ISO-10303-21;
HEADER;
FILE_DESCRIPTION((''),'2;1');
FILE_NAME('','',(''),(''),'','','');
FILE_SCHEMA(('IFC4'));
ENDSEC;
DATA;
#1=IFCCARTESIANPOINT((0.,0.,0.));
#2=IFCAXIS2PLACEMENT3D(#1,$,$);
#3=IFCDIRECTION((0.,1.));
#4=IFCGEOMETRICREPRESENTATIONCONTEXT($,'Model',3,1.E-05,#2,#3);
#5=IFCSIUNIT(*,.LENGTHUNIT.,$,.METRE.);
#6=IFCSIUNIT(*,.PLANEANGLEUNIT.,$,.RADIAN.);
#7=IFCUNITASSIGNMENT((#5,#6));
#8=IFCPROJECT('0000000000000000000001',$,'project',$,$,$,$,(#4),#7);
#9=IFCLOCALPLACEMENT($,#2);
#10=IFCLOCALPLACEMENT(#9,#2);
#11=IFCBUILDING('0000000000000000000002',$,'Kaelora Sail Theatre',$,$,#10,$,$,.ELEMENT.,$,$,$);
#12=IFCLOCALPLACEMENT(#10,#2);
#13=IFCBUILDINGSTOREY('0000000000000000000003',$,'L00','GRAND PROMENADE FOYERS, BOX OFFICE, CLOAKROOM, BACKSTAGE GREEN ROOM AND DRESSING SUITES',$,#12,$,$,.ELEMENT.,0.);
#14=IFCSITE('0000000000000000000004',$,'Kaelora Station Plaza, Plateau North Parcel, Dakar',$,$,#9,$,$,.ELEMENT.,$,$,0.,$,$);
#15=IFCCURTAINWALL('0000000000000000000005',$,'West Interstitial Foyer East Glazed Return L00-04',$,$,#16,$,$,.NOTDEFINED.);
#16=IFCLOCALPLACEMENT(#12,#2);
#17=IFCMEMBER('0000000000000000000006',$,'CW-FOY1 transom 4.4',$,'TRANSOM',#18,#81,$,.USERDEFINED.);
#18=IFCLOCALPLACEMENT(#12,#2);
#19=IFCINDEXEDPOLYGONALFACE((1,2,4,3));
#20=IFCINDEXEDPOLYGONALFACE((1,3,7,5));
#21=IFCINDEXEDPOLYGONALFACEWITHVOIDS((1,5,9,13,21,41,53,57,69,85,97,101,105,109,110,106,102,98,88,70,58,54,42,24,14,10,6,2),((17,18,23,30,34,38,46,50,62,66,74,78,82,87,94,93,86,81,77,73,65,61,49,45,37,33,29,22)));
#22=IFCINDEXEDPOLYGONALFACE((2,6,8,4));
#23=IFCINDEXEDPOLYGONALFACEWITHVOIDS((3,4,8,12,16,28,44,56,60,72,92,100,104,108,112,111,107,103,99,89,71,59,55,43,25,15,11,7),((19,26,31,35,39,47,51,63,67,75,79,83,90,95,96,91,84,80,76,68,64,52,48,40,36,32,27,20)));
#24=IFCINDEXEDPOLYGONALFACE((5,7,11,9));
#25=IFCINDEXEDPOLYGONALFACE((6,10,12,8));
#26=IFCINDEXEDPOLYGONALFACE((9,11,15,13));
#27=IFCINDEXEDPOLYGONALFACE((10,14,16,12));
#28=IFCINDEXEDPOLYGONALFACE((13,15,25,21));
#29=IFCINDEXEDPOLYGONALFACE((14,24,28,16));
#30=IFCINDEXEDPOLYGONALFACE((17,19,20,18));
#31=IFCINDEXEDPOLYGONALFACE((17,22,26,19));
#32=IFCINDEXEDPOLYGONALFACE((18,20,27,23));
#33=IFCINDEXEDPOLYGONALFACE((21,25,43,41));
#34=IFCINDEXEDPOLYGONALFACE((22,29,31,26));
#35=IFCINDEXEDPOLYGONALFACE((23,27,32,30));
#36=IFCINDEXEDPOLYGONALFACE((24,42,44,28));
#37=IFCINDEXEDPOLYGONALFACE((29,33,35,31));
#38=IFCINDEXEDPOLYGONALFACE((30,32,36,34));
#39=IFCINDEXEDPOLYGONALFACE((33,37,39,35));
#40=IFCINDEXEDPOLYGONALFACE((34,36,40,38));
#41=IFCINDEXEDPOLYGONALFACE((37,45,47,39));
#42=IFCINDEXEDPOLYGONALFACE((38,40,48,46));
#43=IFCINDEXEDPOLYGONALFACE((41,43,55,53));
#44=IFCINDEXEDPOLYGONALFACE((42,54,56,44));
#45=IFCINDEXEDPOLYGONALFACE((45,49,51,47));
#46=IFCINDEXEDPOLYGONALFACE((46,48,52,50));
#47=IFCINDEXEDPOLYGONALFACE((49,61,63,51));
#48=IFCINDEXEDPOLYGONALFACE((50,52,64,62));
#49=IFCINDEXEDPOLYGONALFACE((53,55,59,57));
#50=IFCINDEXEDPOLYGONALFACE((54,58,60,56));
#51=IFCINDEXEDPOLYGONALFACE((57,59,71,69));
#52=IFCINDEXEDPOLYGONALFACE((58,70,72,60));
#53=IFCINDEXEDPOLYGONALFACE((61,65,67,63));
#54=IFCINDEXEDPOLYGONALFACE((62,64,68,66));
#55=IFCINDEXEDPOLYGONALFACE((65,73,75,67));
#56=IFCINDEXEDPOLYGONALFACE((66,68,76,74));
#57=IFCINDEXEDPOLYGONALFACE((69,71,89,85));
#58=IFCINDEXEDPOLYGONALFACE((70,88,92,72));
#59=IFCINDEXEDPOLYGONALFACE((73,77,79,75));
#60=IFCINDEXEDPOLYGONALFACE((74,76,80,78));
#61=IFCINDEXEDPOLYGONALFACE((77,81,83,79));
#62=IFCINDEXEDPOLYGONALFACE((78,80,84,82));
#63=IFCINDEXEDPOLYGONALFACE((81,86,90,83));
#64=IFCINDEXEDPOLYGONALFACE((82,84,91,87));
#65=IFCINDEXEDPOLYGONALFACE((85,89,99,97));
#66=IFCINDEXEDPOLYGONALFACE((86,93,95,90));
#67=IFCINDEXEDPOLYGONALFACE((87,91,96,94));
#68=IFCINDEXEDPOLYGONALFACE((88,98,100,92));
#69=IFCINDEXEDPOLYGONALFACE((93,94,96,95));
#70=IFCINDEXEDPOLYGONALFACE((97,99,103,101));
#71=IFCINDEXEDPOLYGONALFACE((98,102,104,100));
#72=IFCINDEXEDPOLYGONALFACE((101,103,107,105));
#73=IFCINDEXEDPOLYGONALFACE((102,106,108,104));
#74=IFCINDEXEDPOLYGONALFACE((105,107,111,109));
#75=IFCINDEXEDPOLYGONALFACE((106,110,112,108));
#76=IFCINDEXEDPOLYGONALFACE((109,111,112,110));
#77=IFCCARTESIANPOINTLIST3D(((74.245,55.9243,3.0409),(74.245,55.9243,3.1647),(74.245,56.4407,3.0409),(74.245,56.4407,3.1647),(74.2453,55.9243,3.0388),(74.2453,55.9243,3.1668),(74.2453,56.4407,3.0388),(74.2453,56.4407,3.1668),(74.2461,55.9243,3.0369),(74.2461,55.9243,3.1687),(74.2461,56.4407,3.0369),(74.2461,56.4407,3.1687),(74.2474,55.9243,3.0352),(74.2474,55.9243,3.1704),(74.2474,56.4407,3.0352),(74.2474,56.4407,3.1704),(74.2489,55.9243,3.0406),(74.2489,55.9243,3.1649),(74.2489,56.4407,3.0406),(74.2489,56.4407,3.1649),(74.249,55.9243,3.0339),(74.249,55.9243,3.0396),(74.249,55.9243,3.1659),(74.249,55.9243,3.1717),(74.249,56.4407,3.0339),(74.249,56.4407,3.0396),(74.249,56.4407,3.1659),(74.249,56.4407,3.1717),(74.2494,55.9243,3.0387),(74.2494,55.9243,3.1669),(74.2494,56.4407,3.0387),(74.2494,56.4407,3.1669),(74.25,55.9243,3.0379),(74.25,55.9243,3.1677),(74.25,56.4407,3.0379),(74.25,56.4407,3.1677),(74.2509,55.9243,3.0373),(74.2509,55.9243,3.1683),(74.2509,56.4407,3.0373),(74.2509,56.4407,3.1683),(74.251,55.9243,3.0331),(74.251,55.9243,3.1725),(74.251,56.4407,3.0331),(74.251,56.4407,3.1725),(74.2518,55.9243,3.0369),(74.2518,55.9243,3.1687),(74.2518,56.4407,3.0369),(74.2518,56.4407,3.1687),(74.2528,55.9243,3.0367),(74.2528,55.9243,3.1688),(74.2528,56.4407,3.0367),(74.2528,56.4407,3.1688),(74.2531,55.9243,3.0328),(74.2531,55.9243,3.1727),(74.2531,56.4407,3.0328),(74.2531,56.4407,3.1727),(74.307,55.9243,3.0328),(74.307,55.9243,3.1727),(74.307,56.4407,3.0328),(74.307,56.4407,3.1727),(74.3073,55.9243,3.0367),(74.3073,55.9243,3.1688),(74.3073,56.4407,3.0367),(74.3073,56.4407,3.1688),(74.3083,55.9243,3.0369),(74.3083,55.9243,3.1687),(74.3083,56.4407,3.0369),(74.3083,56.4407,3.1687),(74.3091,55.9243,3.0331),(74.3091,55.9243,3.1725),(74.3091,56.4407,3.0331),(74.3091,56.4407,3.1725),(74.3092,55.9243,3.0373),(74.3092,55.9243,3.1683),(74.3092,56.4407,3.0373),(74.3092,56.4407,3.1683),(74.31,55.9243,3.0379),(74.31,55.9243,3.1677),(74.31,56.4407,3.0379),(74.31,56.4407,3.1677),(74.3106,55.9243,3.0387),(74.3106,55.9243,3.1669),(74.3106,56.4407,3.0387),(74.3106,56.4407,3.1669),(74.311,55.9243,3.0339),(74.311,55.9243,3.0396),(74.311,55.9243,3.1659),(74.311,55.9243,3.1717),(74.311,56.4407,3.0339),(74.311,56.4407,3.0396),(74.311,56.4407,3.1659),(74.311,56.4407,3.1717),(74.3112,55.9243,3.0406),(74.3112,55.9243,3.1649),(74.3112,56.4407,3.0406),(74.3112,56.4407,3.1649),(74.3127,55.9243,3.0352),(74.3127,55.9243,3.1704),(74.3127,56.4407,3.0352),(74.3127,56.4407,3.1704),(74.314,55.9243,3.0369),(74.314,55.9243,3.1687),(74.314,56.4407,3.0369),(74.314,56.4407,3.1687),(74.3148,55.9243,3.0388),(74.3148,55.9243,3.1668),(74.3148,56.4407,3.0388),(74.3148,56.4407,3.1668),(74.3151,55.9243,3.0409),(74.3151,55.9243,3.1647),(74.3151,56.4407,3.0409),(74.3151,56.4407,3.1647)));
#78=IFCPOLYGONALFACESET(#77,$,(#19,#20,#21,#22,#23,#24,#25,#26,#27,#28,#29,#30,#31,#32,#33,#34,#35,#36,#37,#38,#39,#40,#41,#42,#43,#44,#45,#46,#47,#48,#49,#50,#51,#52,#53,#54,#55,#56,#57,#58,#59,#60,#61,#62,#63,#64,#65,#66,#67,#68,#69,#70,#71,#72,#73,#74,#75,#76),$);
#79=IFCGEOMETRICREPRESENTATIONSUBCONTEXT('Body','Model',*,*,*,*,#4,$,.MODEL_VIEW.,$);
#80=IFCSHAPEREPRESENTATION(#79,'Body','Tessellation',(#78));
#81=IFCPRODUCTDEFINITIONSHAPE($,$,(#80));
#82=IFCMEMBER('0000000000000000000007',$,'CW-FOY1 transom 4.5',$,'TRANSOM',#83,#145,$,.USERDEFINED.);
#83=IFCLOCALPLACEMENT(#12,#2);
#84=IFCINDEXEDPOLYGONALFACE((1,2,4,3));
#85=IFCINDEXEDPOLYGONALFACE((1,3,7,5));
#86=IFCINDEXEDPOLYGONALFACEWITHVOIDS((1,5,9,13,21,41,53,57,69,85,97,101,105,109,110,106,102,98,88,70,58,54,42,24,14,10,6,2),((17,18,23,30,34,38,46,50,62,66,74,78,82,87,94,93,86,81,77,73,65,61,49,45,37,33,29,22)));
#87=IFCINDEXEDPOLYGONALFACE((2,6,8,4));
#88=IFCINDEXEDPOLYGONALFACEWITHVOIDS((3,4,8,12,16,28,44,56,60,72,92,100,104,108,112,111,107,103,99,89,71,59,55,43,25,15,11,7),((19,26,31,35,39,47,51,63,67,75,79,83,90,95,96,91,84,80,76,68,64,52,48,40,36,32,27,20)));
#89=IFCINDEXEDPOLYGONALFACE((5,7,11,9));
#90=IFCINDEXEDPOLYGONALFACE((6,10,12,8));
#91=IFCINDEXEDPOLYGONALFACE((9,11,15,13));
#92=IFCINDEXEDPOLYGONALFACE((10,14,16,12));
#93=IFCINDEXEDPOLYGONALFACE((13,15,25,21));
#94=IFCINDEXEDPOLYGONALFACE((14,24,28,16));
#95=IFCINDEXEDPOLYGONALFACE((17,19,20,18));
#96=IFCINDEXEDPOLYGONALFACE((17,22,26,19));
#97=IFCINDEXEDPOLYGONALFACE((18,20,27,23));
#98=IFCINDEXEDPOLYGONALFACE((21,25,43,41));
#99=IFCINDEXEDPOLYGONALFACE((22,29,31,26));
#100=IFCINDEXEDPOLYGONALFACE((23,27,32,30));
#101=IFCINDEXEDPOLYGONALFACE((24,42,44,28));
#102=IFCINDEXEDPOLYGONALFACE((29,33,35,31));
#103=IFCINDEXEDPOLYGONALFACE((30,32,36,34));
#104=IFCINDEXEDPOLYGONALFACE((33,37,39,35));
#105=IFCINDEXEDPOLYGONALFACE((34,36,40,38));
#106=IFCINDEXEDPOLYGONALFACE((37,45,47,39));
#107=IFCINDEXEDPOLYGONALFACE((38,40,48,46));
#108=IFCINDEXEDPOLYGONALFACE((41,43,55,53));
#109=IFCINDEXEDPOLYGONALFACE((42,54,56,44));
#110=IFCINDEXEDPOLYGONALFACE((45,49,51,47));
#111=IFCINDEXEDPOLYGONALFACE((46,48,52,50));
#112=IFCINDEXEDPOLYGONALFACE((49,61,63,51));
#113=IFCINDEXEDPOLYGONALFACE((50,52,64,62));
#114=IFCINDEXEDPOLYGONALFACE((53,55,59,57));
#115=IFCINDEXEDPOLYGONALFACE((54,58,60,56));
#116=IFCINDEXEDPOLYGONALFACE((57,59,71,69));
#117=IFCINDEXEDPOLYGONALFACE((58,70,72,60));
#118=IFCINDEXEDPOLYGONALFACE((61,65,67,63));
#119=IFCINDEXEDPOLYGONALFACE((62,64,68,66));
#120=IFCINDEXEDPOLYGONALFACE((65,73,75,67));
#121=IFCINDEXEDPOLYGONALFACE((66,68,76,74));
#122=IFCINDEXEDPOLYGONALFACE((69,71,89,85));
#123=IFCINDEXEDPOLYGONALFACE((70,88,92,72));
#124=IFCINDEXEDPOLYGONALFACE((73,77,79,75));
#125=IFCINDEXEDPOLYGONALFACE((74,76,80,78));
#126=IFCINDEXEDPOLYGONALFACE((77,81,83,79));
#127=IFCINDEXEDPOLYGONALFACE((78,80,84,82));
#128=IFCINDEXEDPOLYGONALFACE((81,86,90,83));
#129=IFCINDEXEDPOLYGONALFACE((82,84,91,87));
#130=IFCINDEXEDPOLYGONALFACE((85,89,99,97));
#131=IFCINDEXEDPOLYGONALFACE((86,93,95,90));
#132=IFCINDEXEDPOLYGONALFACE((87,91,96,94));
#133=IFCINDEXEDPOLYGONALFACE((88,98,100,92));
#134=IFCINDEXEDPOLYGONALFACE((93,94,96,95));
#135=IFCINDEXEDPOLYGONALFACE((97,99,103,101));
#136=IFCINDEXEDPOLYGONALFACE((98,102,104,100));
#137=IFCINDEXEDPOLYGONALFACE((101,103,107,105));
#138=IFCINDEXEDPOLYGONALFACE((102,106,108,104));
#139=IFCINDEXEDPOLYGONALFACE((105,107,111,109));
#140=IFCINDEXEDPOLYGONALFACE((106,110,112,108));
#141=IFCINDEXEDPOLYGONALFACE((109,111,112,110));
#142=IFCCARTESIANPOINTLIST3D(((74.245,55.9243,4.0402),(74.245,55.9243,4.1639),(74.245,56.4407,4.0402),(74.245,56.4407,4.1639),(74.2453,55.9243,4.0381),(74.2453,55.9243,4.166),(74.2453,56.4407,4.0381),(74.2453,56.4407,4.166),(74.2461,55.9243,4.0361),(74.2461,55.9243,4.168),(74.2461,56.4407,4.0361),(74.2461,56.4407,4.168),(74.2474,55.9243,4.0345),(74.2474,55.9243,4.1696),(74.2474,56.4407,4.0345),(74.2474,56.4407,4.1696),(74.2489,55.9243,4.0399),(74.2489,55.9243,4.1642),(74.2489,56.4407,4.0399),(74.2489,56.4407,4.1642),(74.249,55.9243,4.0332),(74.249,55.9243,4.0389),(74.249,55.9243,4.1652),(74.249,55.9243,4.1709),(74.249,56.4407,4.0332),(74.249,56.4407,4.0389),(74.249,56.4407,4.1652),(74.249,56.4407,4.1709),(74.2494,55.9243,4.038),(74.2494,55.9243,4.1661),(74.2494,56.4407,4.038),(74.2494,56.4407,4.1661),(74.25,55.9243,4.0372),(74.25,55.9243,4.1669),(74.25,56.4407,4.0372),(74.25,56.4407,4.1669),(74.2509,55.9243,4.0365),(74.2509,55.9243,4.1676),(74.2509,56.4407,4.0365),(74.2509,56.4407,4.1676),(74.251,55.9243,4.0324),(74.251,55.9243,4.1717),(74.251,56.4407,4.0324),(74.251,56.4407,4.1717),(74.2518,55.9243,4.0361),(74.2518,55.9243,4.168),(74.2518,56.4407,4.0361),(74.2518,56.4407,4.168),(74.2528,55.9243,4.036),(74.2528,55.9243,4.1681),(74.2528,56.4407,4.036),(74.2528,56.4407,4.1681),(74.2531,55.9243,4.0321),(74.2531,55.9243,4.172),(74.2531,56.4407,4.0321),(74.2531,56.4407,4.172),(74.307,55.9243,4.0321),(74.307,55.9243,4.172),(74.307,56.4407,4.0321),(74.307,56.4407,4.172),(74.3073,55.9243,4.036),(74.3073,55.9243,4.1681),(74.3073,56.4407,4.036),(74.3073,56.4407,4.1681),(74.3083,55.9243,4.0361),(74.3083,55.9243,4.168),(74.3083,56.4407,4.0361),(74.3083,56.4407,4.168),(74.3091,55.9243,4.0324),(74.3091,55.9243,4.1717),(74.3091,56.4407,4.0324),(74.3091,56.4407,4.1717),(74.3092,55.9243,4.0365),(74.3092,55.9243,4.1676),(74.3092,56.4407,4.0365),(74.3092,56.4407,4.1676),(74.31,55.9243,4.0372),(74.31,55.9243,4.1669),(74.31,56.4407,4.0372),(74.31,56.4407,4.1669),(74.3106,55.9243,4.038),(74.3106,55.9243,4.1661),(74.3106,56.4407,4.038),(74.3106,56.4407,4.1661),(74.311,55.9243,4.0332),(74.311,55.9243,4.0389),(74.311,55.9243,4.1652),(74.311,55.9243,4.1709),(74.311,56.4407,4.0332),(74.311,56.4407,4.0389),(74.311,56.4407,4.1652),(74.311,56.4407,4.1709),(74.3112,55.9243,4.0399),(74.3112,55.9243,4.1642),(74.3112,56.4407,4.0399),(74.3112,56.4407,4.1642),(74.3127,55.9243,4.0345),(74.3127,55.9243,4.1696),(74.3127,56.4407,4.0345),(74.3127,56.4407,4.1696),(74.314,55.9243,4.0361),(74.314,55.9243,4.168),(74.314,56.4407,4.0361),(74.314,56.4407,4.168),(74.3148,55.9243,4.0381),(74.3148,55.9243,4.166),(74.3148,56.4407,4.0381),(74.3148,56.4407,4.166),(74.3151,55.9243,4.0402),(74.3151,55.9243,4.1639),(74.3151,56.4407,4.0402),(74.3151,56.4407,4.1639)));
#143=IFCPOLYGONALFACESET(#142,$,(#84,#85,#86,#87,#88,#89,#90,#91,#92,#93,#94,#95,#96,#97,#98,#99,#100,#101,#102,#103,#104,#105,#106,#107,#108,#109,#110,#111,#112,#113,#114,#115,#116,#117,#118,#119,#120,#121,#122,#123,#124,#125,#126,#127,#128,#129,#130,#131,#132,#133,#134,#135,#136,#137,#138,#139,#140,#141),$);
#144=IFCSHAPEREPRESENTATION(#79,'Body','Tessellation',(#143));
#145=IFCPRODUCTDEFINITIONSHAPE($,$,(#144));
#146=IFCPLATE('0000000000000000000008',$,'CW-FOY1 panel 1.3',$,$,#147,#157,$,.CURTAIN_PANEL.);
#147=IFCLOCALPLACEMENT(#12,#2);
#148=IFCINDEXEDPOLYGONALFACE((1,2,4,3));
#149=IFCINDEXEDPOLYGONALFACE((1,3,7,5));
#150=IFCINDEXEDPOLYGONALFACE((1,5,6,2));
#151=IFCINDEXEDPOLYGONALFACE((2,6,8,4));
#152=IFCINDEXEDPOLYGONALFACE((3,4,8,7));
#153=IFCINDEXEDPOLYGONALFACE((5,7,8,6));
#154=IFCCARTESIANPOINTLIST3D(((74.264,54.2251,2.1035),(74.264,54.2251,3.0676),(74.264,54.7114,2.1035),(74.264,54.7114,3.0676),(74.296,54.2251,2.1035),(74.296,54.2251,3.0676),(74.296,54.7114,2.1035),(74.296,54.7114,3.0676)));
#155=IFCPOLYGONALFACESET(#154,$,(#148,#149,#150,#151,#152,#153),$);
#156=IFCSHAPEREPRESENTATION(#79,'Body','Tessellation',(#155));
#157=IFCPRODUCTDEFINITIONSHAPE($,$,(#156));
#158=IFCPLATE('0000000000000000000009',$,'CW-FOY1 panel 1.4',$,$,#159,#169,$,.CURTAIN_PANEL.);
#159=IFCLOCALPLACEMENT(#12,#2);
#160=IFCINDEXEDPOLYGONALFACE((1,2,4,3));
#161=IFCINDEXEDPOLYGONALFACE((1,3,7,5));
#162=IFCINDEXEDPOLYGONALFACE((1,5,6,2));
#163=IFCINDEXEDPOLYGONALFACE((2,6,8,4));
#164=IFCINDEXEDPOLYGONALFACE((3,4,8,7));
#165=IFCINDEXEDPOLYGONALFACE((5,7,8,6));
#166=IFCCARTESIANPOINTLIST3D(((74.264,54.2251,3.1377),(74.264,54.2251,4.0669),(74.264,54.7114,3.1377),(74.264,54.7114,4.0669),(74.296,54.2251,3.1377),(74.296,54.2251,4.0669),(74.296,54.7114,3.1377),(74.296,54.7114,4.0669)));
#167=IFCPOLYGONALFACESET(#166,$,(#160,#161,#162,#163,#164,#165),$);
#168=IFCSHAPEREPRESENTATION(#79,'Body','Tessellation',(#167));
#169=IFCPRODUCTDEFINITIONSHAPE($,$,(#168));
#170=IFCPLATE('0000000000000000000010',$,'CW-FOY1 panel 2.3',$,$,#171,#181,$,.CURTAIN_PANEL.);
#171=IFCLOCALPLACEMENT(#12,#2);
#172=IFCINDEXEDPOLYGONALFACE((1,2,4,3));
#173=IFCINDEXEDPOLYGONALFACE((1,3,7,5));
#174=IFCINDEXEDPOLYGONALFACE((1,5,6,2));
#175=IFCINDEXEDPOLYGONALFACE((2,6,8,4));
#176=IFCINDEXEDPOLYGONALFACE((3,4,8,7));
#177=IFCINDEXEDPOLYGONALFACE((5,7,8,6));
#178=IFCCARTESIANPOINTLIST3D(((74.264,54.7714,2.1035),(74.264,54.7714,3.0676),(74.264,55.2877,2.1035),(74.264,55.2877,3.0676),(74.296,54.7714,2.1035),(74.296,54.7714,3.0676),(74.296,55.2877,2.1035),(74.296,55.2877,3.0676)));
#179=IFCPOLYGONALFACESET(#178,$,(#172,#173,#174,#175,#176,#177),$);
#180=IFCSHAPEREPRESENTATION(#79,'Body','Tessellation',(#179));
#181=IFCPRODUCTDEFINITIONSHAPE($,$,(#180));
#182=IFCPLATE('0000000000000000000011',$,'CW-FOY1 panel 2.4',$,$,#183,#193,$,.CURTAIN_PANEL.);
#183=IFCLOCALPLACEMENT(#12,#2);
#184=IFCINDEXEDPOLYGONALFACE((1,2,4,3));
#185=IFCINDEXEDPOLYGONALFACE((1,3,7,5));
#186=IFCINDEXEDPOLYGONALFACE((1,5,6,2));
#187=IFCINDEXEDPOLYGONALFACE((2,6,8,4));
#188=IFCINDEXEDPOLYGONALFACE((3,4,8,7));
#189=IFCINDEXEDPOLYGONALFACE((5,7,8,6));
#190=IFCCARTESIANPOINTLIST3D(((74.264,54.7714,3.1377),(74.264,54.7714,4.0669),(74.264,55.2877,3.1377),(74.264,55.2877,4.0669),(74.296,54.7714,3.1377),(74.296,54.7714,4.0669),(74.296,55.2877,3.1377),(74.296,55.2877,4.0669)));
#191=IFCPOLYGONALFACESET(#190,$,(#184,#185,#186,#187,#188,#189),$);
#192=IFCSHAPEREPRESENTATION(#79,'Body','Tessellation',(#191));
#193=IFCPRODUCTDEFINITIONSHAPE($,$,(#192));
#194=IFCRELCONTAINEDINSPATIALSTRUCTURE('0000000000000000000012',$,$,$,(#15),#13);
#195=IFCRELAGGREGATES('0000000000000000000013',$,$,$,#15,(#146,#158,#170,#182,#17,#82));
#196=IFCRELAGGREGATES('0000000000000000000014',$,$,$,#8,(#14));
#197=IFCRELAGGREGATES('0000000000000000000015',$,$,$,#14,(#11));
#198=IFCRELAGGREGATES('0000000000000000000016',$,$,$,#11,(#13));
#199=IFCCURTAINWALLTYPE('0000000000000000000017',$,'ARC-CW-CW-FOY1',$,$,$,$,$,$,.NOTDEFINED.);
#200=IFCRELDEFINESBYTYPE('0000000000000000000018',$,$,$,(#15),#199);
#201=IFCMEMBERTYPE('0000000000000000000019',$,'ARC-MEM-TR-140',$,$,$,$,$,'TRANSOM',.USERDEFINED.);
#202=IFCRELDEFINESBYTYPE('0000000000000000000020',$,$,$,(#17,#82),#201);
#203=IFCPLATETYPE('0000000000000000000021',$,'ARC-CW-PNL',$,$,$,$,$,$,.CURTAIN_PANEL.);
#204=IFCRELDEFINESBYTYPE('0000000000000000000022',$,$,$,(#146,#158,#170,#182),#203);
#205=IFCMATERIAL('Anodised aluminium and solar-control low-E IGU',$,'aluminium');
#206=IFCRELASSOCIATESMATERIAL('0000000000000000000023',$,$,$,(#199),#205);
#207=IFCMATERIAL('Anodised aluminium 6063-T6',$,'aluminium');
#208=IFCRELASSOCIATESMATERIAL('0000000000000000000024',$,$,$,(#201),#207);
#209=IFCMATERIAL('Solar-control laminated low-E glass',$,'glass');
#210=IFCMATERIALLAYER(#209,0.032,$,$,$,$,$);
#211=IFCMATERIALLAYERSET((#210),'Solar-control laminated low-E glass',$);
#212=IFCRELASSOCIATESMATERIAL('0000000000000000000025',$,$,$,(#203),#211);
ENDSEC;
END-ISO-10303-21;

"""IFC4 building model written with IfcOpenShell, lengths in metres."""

from ifc_helpers import new_model, si_unit, direction, frame, origin, origin_2d, place, context, subcontext, project, spatial, rectangle, hollow_rectangle, extrude, material, layer, layer_set, material_profile, profile_set, type_object, element, aggregate, save


model = new_model("IFC4")

# Units and contexts
model_context = context("Model", 3, precision=1e-05, world=origin(), true_north=direction((0.0, 1.0)))
body_context = subcontext(model_context, "Body", "Model", "MODEL_VIEW")
ifc_project = project(units=[si_unit("LENGTHUNIT", "METRE"), si_unit("PLANEANGLEUNIT", "RADIAN")], contexts=[model_context])

# Site, building, storey
site_placement = place(None, origin())
site = spatial("IfcSite", under=ifc_project, at=site_placement, Name="Kaelora Station Plaza, Plateau North Parcel, Dakar", CompositionType="ELEMENT", RefElevation=0.0)
building_placement = place(site_placement, origin())
building = spatial("IfcBuilding", under=site, at=building_placement, Name="Kaelora Sail Theatre", CompositionType="ELEMENT")
storey_placement = place(building_placement, origin())
storey = spatial("IfcBuildingStorey", under=building, at=storey_placement, Name="L00", Description="GRAND PROMENADE FOYERS, BOX OFFICE, CLOAKROOM, BACKSTAGE GREEN ROOM AND DRESSING SUITES", CompositionType="ELEMENT", Elevation=0.0)

# Curtain wall, members, plates
ifc_material_1 = material(Name="Anodised aluminium and solar-control low-E IGU", Category="aluminium")
curtain_wall_type = type_object("IfcCurtainWallType", Name="ARC-CW-CW-FOY1", PredefinedType="NOTDEFINED", material=ifc_material_1)
curtain_wall_placement = place(storey_placement, origin())
curtain_wall = element("IfcCurtainWall", 1, at=curtain_wall_placement, inside=storey, type_object=curtain_wall_type, Name="West Interstitial Foyer East Glazed Return L00-04", PredefinedType="NOTDEFINED")
ifc_material_2 = material(Name="Anodised aluminium 6063-T6", Category="aluminium")
ifc_material_profile = material_profile(ifc_material_2, hollow_rectangle(XDim=0.0701, YDim=0.1399, WallThickness=0.0039, InnerFilletRadius=0.0039, OuterFilletRadius=0.0081, at=origin_2d()), Name="ALU-TRAN 70x140x4")
ifc_profile_set = profile_set([ifc_material_profile], Name="Anodised aluminium 6063-T6")
member_type = type_object("IfcMemberType", Name="ARC-MEM-TR-140", ElementType="TRANSOM", PredefinedType="USERDEFINED", material=ifc_profile_set)
member_1_placement = place(storey_placement, frame((74.28, 55.9243, 3.1028), z_axis=(0.0, 1.0, 0.0), x_axis=(-1.0, 0.0, 0.0)))
member_1 = element("IfcMember", 2, at=member_1_placement, type_object=member_type, Name="CW-FOY1 transom 4.4", ObjectType="TRANSOM", PredefinedType="USERDEFINED", context=body_context, shape_type="SweptSolid", body=[
    extrude(hollow_rectangle(XDim=0.0701, YDim=0.1399, WallThickness=0.0039, InnerFilletRadius=0.0039, OuterFilletRadius=0.0081, at=origin_2d()), origin(), (0.0, 0.0, 1.0), 0.5164),
])
member_2_placement = place(storey_placement, frame((74.28, 55.9243, 4.1021), z_axis=(0.0, 1.0, 0.0), x_axis=(-1.0, 0.0, 0.0)))
member_2 = element("IfcMember", 3, at=member_2_placement, type_object=member_type, Name="CW-FOY1 transom 4.5", ObjectType="TRANSOM", PredefinedType="USERDEFINED", context=body_context, shape_type="SweptSolid", body=[
    extrude(hollow_rectangle(XDim=0.0701, YDim=0.1399, WallThickness=0.0039, InnerFilletRadius=0.0039, OuterFilletRadius=0.0081, at=origin_2d()), origin(), (0.0, 0.0, 1.0), 0.5164),
])
ifc_material_3 = material(Name="Solar-control laminated low-E glass", Category="glass")
ifc_layer = layer(ifc_material_3, 0.032)
ifc_layer_set = layer_set([ifc_layer], Name="Solar-control laminated low-E glass")
plate_type = type_object("IfcPlateType", Name="ARC-CW-PNL", PredefinedType="CURTAIN_PANEL", material=ifc_layer_set)
plate_1_placement = place(storey_placement, frame((74.28, 54.4683, 2.1035), z_axis=(0.0, 0.0, 1.0), x_axis=(0.0, 1.0, 0.0)))
plate_1 = element("IfcPlate", 4, at=plate_1_placement, type_object=plate_type, Name="CW-FOY1 panel 1.3", PredefinedType="CURTAIN_PANEL", context=body_context, shape_type="SweptSolid", body=[
    extrude(rectangle(XDim=0.4863, YDim=0.032, at=origin_2d()), origin(), (0.0, 0.0, 1.0), 0.9641),
])
plate_2_placement = place(storey_placement, frame((74.28, 54.4683, 3.1377), z_axis=(0.0, 0.0, 1.0), x_axis=(0.0, 1.0, 0.0)))
plate_2 = element("IfcPlate", 5, at=plate_2_placement, type_object=plate_type, Name="CW-FOY1 panel 1.4", PredefinedType="CURTAIN_PANEL", context=body_context, shape_type="SweptSolid", body=[
    extrude(rectangle(XDim=0.4863, YDim=0.032, at=origin_2d()), origin(), (0.0, 0.0, 1.0), 0.9292),
])
plate_3_placement = place(storey_placement, frame((74.28, 55.0295, 2.1035), z_axis=(0.0, 0.0, 1.0), x_axis=(0.0, 1.0, 0.0)))
plate_3 = element("IfcPlate", 6, at=plate_3_placement, type_object=plate_type, Name="CW-FOY1 panel 2.3", PredefinedType="CURTAIN_PANEL", context=body_context, shape_type="SweptSolid", body=[
    extrude(rectangle(XDim=0.5164, YDim=0.032, at=origin_2d()), origin(), (0.0, 0.0, 1.0), 0.9641),
])
plate_4_placement = place(storey_placement, frame((74.28, 55.0295, 3.1377), z_axis=(0.0, 0.0, 1.0), x_axis=(0.0, 1.0, 0.0)))
plate_4 = element("IfcPlate", 7, at=plate_4_placement, type_object=plate_type, Name="CW-FOY1 panel 2.4", PredefinedType="CURTAIN_PANEL", context=body_context, shape_type="SweptSolid", body=[
    extrude(rectangle(XDim=0.5164, YDim=0.032, at=origin_2d()), origin(), (0.0, 0.0, 1.0), 0.9292),
])
aggregate(curtain_wall, [plate_1, plate_2, plate_3, plate_4, member_1, member_2])

save(model, "model.ifc")
